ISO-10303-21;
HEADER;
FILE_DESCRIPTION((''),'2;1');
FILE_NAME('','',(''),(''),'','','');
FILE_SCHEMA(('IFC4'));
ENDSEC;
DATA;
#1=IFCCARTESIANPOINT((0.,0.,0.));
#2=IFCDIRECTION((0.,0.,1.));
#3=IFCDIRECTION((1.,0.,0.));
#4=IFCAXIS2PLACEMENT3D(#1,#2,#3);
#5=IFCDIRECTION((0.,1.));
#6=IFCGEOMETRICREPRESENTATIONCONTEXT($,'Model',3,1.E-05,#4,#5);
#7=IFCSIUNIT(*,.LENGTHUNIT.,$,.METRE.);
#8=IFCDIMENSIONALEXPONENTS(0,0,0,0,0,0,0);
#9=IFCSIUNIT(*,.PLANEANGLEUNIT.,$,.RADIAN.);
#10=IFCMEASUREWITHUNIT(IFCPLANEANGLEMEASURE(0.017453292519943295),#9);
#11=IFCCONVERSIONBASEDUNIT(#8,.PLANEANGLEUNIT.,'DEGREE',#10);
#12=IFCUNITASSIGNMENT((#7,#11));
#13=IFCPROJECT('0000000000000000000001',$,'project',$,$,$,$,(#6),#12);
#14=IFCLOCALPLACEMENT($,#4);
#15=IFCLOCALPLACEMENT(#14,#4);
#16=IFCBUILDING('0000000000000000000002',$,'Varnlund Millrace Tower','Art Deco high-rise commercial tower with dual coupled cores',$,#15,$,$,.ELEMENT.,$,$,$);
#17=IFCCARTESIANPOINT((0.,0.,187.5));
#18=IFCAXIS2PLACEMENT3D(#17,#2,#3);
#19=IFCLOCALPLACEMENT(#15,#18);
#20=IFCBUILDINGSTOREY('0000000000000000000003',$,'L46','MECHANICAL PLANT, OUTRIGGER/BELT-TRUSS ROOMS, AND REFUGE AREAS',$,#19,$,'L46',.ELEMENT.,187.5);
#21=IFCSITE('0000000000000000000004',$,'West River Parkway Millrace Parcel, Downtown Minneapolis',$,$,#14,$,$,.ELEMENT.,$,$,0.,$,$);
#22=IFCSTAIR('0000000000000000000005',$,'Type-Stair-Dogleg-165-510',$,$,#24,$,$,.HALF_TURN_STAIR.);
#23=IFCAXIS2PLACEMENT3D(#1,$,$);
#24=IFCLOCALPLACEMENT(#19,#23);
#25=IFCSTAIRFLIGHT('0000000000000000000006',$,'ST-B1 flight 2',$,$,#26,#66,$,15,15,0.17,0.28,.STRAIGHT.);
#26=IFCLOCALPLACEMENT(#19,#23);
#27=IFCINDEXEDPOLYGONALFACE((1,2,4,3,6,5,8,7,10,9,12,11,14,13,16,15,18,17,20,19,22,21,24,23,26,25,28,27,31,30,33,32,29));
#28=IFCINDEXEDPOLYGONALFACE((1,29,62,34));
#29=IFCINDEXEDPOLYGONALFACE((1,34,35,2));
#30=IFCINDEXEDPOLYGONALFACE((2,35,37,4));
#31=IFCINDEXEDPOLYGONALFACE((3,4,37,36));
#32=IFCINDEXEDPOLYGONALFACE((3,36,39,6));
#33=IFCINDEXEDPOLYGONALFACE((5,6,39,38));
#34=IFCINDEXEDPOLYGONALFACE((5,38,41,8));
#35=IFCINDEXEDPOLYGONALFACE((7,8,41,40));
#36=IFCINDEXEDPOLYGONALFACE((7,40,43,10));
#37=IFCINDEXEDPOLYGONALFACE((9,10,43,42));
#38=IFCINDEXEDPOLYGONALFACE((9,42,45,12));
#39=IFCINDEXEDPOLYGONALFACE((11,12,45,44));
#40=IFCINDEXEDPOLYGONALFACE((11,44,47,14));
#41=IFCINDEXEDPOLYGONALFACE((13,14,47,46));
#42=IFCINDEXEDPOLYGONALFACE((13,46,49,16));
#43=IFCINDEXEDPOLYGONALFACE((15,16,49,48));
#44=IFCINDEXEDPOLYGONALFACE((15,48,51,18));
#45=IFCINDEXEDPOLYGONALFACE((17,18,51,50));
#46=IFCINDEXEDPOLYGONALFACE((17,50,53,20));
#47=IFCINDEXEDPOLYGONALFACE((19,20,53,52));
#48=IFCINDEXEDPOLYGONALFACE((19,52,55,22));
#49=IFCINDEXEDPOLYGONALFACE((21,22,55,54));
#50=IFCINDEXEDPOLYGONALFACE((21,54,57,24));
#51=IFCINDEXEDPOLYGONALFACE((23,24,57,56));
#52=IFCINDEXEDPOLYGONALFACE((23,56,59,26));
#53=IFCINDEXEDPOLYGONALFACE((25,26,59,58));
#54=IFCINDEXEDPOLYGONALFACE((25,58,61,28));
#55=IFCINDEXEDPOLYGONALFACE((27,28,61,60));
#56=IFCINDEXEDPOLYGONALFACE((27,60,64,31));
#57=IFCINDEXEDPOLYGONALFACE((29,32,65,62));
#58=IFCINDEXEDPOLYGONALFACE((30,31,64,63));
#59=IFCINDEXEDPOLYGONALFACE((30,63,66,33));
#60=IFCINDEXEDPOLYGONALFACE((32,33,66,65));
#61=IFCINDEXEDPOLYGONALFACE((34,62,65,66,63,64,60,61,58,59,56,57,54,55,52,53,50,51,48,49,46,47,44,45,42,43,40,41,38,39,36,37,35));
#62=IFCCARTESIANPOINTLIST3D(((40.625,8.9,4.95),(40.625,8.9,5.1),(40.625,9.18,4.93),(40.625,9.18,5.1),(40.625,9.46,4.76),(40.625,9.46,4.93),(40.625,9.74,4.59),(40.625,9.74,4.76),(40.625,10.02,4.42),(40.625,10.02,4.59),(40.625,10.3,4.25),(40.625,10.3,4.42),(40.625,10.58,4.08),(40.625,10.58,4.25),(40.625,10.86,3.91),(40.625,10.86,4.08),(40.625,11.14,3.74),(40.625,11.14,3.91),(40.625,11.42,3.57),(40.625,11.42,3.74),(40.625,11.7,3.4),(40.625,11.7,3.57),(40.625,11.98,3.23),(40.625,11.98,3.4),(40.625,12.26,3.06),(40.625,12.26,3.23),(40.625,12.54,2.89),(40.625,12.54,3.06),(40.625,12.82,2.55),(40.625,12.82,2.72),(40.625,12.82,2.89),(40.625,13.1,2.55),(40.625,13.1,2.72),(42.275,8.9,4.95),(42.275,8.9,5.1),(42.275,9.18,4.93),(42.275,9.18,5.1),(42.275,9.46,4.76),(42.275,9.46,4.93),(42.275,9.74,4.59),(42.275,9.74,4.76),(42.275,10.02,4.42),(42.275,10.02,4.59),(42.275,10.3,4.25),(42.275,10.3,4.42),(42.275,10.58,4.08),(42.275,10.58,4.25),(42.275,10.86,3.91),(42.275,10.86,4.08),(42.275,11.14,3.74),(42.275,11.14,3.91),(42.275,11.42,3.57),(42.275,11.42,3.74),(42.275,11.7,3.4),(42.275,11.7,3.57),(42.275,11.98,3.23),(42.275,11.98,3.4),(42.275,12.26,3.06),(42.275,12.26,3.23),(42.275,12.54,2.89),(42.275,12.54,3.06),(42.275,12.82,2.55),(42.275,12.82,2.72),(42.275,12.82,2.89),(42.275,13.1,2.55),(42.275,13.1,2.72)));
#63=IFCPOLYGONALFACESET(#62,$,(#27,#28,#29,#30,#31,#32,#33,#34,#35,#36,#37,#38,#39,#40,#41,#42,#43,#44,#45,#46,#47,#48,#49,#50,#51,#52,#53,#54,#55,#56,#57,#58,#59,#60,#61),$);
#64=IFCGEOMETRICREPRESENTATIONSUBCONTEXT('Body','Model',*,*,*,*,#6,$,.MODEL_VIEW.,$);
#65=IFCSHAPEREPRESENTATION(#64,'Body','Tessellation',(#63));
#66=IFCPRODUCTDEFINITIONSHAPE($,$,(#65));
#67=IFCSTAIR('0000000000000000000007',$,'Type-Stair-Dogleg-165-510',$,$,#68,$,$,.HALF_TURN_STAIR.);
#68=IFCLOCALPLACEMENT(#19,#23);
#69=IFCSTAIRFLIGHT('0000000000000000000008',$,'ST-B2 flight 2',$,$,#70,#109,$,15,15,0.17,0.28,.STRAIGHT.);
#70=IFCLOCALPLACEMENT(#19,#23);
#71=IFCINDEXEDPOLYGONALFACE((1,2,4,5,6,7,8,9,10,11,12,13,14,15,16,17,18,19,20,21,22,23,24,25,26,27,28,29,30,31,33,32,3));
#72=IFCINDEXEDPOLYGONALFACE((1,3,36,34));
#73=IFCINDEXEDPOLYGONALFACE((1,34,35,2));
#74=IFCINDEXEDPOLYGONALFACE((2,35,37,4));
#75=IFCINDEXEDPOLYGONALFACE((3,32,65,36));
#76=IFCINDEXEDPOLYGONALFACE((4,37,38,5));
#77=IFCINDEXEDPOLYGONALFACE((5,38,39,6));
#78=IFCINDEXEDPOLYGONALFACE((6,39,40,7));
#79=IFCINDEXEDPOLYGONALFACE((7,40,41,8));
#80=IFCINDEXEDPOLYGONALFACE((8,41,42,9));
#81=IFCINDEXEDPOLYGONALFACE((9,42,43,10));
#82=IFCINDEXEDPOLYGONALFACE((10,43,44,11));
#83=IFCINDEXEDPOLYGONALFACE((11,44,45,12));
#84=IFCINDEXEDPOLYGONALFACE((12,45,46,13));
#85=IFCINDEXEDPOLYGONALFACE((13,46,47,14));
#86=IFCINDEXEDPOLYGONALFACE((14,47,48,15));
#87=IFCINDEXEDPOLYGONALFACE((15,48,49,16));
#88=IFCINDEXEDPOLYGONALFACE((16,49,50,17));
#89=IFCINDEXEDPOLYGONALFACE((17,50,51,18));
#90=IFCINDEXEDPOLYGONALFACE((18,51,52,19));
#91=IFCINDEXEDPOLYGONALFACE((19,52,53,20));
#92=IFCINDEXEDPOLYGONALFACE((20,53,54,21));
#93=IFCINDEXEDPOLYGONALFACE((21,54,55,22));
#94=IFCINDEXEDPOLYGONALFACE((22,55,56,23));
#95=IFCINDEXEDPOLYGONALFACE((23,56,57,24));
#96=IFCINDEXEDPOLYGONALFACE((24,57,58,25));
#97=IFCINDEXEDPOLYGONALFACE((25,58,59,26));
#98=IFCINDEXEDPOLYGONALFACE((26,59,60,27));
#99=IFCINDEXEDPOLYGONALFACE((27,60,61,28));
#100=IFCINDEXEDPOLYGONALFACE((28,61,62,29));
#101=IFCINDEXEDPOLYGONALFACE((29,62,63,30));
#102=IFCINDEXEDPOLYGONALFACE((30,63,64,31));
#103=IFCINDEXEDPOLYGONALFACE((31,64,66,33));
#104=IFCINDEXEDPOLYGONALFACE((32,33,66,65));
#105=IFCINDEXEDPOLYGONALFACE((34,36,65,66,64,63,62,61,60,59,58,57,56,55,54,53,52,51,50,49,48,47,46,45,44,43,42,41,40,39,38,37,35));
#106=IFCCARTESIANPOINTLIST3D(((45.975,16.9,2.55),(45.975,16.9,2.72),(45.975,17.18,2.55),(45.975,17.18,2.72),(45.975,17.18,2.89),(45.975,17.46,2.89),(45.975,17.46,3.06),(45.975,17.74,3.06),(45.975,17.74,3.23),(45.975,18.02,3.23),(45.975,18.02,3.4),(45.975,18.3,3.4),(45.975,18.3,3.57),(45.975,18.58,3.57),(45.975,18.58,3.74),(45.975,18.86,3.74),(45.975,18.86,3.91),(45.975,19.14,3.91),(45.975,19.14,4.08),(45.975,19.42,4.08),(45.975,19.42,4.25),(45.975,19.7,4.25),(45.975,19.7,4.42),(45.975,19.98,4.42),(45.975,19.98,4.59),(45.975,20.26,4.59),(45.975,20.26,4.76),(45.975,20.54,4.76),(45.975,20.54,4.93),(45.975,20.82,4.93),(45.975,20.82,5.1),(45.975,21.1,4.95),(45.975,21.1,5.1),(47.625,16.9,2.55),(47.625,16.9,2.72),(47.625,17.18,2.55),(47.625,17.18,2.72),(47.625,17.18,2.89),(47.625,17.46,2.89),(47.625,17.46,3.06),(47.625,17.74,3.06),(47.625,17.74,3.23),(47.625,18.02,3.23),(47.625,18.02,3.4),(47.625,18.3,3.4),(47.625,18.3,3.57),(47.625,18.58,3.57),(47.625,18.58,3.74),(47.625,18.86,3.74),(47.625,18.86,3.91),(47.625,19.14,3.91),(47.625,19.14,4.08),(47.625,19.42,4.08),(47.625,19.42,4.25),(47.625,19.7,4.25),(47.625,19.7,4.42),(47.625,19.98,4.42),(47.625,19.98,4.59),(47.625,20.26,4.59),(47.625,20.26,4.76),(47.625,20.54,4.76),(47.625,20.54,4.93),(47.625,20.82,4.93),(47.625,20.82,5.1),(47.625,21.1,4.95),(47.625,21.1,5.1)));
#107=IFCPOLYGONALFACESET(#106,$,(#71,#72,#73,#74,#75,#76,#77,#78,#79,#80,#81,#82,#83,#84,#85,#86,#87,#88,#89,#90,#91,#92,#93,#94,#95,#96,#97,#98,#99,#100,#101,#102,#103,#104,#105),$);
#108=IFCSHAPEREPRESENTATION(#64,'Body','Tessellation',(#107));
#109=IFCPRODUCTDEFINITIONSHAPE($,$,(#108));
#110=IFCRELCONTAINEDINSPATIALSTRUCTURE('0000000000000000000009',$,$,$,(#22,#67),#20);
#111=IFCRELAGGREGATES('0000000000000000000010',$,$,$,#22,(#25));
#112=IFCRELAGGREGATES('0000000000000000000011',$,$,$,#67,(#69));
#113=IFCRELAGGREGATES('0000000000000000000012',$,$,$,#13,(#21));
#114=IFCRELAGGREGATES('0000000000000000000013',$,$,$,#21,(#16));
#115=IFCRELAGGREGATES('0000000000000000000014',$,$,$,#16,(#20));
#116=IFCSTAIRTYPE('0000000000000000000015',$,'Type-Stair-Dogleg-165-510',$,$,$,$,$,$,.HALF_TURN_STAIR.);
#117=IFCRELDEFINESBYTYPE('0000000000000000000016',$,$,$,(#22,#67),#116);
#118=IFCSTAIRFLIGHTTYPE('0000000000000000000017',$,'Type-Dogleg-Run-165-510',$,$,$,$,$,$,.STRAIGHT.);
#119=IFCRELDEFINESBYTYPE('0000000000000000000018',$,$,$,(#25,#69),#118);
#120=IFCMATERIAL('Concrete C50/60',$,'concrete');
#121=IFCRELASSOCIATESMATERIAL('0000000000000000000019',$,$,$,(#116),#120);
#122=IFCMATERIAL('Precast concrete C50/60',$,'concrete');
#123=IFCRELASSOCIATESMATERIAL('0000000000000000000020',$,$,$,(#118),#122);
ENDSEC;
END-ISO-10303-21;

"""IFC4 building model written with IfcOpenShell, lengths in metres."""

from ifc_helpers import new_model, entity, si_unit, converted_unit, direction, frame, origin_with_axes, place, context, subcontext, project, spatial, polyline, outline, extrude, material, type_object, element, aggregate, save


model = new_model("IFC4")

# Units and contexts
model_context = context("Model", 3, precision=1e-05, world=origin_with_axes(), true_north=direction((0.0, 1.0)))
body_context = subcontext(model_context, "Body", "Model", "MODEL_VIEW")
ifc_project = project(units=[si_unit("LENGTHUNIT", "METRE"), converted_unit("PLANEANGLEUNIT", "DEGREE", entity("IfcPlaneAngleMeasure", 0.017453292519943295), si_unit("PLANEANGLEUNIT", "RADIAN"), dimensions=[0, 0, 0, 0, 0, 0, 0])], contexts=[model_context])

# Site, building, storey
site_placement = place(None, origin_with_axes())
site = spatial("IfcSite", under=ifc_project, at=site_placement, Name="West River Parkway Millrace Parcel, Downtown Minneapolis", CompositionType="ELEMENT", RefElevation=0.0)
building_placement = place(site_placement, origin_with_axes())
building = spatial("IfcBuilding", under=site, at=building_placement, Name="Varnlund Millrace Tower", Description="Art Deco high-rise commercial tower with dual coupled cores", CompositionType="ELEMENT")
storey_placement = place(building_placement, frame((0.0, 0.0, 187.5), z_axis=(0.0, 0.0, 1.0), x_axis=(1.0, 0.0, 0.0)))
storey = spatial("IfcBuildingStorey", under=building, at=storey_placement, Name="L46", Description="MECHANICAL PLANT, OUTRIGGER/BELT-TRUSS ROOMS, AND REFUGE AREAS", LongName="L46", CompositionType="ELEMENT", Elevation=187.5)

# Stairs, stair flights
ifc_material_1 = material(Name="Concrete C50/60", Category="concrete")
stair_type = type_object("IfcStairType", Name="Type-Stair-Dogleg-165-510", PredefinedType="HALF_TURN_STAIR", material=ifc_material_1)
stair_1_placement = place(storey_placement, origin_with_axes())
stair_1 = element("IfcStair", 1, at=stair_1_placement, inside=storey, type_object=stair_type, Name="Type-Stair-Dogleg-165-510", PredefinedType="HALF_TURN_STAIR")
ifc_material_2 = material(Name="Precast concrete C50/60", Category="concrete")
stair_flight_type = type_object("IfcStairFlightType", Name="Type-Dogleg-Run-165-510", PredefinedType="STRAIGHT", material=ifc_material_2)
stair_flight_1_placement = place(storey_placement, frame((42.275, 13.1, 2.55), z_axis=(-1.0, 0.0, 0.0), x_axis=(0.0, -1.0, 0.0)))
stair_flight_1 = element("IfcStairFlight", 2, at=stair_flight_1_placement, type_object=stair_flight_type, Name="ST-B1 flight 2", NumberOfRisers=15, NumberOfTreads=15, PredefinedType="STRAIGHT", RiserHeight=0.17, TreadLength=0.28, context=body_context, shape_type="SweptSolid", body=[
    extrude(outline(polyline([(0.0, 0.0), (0.0, 0.17), (0.28, 0.17), (0.28, 0.34), (0.56, 0.34), (0.56, 0.51), (0.84, 0.51), (0.84, 0.68), (1.12, 0.68), (1.12, 0.85), (1.4, 0.85), (1.4, 1.02), (1.68, 1.02), (1.68, 1.19), (1.96, 1.19), (1.96, 1.36), (2.24, 1.36), (2.24, 1.53), (2.52, 1.53), (2.52, 1.7), (2.8, 1.7), (2.8, 1.87), (3.08, 1.87), (3.08, 2.04), (3.36, 2.04), (3.36, 2.21), (3.64, 2.21), (3.64, 2.38), (3.92, 2.38), (3.92, 2.55), (4.2, 2.55), (4.2, 2.4), (0.28, 0.0), (0.0, 0.0)])), origin_with_axes(), (0.0, 0.0, 1.0), 1.65),
])
aggregate(stair_1, [stair_flight_1])
stair_2_placement = place(storey_placement, origin_with_axes())
stair_2 = element("IfcStair", 3, at=stair_2_placement, inside=storey, type_object=stair_type, Name="Type-Stair-Dogleg-165-510", PredefinedType="HALF_TURN_STAIR")
stair_flight_2_placement = place(storey_placement, frame((45.975, 16.9, 2.55), z_axis=(1.0, 0.0, 0.0), x_axis=(0.0, 1.0, 0.0)))
stair_flight_2 = element("IfcStairFlight", 4, at=stair_flight_2_placement, type_object=stair_flight_type, Name="ST-B2 flight 2", NumberOfRisers=15, NumberOfTreads=15, PredefinedType="STRAIGHT", RiserHeight=0.17, TreadLength=0.28, context=body_context, shape_type="SweptSolid", body=[
    extrude(outline(polyline([(0.0, 0.0), (0.0, 0.17), (0.28, 0.17), (0.28, 0.34), (0.56, 0.34), (0.56, 0.51), (0.84, 0.51), (0.84, 0.68), (1.12, 0.68), (1.12, 0.85), (1.4, 0.85), (1.4, 1.02), (1.68, 1.02), (1.68, 1.19), (1.96, 1.19), (1.96, 1.36), (2.24, 1.36), (2.24, 1.53), (2.52, 1.53), (2.52, 1.7), (2.8, 1.7), (2.8, 1.87), (3.08, 1.87), (3.08, 2.04), (3.36, 2.04), (3.36, 2.21), (3.64, 2.21), (3.64, 2.38), (3.92, 2.38), (3.92, 2.55), (4.2, 2.55), (4.2, 2.4), (0.28, 0.0), (0.0, 0.0)])), origin_with_axes(), (0.0, 0.0, 1.0), 1.65),
])
aggregate(stair_2, [stair_flight_2])

save(model, "model.ifc")
